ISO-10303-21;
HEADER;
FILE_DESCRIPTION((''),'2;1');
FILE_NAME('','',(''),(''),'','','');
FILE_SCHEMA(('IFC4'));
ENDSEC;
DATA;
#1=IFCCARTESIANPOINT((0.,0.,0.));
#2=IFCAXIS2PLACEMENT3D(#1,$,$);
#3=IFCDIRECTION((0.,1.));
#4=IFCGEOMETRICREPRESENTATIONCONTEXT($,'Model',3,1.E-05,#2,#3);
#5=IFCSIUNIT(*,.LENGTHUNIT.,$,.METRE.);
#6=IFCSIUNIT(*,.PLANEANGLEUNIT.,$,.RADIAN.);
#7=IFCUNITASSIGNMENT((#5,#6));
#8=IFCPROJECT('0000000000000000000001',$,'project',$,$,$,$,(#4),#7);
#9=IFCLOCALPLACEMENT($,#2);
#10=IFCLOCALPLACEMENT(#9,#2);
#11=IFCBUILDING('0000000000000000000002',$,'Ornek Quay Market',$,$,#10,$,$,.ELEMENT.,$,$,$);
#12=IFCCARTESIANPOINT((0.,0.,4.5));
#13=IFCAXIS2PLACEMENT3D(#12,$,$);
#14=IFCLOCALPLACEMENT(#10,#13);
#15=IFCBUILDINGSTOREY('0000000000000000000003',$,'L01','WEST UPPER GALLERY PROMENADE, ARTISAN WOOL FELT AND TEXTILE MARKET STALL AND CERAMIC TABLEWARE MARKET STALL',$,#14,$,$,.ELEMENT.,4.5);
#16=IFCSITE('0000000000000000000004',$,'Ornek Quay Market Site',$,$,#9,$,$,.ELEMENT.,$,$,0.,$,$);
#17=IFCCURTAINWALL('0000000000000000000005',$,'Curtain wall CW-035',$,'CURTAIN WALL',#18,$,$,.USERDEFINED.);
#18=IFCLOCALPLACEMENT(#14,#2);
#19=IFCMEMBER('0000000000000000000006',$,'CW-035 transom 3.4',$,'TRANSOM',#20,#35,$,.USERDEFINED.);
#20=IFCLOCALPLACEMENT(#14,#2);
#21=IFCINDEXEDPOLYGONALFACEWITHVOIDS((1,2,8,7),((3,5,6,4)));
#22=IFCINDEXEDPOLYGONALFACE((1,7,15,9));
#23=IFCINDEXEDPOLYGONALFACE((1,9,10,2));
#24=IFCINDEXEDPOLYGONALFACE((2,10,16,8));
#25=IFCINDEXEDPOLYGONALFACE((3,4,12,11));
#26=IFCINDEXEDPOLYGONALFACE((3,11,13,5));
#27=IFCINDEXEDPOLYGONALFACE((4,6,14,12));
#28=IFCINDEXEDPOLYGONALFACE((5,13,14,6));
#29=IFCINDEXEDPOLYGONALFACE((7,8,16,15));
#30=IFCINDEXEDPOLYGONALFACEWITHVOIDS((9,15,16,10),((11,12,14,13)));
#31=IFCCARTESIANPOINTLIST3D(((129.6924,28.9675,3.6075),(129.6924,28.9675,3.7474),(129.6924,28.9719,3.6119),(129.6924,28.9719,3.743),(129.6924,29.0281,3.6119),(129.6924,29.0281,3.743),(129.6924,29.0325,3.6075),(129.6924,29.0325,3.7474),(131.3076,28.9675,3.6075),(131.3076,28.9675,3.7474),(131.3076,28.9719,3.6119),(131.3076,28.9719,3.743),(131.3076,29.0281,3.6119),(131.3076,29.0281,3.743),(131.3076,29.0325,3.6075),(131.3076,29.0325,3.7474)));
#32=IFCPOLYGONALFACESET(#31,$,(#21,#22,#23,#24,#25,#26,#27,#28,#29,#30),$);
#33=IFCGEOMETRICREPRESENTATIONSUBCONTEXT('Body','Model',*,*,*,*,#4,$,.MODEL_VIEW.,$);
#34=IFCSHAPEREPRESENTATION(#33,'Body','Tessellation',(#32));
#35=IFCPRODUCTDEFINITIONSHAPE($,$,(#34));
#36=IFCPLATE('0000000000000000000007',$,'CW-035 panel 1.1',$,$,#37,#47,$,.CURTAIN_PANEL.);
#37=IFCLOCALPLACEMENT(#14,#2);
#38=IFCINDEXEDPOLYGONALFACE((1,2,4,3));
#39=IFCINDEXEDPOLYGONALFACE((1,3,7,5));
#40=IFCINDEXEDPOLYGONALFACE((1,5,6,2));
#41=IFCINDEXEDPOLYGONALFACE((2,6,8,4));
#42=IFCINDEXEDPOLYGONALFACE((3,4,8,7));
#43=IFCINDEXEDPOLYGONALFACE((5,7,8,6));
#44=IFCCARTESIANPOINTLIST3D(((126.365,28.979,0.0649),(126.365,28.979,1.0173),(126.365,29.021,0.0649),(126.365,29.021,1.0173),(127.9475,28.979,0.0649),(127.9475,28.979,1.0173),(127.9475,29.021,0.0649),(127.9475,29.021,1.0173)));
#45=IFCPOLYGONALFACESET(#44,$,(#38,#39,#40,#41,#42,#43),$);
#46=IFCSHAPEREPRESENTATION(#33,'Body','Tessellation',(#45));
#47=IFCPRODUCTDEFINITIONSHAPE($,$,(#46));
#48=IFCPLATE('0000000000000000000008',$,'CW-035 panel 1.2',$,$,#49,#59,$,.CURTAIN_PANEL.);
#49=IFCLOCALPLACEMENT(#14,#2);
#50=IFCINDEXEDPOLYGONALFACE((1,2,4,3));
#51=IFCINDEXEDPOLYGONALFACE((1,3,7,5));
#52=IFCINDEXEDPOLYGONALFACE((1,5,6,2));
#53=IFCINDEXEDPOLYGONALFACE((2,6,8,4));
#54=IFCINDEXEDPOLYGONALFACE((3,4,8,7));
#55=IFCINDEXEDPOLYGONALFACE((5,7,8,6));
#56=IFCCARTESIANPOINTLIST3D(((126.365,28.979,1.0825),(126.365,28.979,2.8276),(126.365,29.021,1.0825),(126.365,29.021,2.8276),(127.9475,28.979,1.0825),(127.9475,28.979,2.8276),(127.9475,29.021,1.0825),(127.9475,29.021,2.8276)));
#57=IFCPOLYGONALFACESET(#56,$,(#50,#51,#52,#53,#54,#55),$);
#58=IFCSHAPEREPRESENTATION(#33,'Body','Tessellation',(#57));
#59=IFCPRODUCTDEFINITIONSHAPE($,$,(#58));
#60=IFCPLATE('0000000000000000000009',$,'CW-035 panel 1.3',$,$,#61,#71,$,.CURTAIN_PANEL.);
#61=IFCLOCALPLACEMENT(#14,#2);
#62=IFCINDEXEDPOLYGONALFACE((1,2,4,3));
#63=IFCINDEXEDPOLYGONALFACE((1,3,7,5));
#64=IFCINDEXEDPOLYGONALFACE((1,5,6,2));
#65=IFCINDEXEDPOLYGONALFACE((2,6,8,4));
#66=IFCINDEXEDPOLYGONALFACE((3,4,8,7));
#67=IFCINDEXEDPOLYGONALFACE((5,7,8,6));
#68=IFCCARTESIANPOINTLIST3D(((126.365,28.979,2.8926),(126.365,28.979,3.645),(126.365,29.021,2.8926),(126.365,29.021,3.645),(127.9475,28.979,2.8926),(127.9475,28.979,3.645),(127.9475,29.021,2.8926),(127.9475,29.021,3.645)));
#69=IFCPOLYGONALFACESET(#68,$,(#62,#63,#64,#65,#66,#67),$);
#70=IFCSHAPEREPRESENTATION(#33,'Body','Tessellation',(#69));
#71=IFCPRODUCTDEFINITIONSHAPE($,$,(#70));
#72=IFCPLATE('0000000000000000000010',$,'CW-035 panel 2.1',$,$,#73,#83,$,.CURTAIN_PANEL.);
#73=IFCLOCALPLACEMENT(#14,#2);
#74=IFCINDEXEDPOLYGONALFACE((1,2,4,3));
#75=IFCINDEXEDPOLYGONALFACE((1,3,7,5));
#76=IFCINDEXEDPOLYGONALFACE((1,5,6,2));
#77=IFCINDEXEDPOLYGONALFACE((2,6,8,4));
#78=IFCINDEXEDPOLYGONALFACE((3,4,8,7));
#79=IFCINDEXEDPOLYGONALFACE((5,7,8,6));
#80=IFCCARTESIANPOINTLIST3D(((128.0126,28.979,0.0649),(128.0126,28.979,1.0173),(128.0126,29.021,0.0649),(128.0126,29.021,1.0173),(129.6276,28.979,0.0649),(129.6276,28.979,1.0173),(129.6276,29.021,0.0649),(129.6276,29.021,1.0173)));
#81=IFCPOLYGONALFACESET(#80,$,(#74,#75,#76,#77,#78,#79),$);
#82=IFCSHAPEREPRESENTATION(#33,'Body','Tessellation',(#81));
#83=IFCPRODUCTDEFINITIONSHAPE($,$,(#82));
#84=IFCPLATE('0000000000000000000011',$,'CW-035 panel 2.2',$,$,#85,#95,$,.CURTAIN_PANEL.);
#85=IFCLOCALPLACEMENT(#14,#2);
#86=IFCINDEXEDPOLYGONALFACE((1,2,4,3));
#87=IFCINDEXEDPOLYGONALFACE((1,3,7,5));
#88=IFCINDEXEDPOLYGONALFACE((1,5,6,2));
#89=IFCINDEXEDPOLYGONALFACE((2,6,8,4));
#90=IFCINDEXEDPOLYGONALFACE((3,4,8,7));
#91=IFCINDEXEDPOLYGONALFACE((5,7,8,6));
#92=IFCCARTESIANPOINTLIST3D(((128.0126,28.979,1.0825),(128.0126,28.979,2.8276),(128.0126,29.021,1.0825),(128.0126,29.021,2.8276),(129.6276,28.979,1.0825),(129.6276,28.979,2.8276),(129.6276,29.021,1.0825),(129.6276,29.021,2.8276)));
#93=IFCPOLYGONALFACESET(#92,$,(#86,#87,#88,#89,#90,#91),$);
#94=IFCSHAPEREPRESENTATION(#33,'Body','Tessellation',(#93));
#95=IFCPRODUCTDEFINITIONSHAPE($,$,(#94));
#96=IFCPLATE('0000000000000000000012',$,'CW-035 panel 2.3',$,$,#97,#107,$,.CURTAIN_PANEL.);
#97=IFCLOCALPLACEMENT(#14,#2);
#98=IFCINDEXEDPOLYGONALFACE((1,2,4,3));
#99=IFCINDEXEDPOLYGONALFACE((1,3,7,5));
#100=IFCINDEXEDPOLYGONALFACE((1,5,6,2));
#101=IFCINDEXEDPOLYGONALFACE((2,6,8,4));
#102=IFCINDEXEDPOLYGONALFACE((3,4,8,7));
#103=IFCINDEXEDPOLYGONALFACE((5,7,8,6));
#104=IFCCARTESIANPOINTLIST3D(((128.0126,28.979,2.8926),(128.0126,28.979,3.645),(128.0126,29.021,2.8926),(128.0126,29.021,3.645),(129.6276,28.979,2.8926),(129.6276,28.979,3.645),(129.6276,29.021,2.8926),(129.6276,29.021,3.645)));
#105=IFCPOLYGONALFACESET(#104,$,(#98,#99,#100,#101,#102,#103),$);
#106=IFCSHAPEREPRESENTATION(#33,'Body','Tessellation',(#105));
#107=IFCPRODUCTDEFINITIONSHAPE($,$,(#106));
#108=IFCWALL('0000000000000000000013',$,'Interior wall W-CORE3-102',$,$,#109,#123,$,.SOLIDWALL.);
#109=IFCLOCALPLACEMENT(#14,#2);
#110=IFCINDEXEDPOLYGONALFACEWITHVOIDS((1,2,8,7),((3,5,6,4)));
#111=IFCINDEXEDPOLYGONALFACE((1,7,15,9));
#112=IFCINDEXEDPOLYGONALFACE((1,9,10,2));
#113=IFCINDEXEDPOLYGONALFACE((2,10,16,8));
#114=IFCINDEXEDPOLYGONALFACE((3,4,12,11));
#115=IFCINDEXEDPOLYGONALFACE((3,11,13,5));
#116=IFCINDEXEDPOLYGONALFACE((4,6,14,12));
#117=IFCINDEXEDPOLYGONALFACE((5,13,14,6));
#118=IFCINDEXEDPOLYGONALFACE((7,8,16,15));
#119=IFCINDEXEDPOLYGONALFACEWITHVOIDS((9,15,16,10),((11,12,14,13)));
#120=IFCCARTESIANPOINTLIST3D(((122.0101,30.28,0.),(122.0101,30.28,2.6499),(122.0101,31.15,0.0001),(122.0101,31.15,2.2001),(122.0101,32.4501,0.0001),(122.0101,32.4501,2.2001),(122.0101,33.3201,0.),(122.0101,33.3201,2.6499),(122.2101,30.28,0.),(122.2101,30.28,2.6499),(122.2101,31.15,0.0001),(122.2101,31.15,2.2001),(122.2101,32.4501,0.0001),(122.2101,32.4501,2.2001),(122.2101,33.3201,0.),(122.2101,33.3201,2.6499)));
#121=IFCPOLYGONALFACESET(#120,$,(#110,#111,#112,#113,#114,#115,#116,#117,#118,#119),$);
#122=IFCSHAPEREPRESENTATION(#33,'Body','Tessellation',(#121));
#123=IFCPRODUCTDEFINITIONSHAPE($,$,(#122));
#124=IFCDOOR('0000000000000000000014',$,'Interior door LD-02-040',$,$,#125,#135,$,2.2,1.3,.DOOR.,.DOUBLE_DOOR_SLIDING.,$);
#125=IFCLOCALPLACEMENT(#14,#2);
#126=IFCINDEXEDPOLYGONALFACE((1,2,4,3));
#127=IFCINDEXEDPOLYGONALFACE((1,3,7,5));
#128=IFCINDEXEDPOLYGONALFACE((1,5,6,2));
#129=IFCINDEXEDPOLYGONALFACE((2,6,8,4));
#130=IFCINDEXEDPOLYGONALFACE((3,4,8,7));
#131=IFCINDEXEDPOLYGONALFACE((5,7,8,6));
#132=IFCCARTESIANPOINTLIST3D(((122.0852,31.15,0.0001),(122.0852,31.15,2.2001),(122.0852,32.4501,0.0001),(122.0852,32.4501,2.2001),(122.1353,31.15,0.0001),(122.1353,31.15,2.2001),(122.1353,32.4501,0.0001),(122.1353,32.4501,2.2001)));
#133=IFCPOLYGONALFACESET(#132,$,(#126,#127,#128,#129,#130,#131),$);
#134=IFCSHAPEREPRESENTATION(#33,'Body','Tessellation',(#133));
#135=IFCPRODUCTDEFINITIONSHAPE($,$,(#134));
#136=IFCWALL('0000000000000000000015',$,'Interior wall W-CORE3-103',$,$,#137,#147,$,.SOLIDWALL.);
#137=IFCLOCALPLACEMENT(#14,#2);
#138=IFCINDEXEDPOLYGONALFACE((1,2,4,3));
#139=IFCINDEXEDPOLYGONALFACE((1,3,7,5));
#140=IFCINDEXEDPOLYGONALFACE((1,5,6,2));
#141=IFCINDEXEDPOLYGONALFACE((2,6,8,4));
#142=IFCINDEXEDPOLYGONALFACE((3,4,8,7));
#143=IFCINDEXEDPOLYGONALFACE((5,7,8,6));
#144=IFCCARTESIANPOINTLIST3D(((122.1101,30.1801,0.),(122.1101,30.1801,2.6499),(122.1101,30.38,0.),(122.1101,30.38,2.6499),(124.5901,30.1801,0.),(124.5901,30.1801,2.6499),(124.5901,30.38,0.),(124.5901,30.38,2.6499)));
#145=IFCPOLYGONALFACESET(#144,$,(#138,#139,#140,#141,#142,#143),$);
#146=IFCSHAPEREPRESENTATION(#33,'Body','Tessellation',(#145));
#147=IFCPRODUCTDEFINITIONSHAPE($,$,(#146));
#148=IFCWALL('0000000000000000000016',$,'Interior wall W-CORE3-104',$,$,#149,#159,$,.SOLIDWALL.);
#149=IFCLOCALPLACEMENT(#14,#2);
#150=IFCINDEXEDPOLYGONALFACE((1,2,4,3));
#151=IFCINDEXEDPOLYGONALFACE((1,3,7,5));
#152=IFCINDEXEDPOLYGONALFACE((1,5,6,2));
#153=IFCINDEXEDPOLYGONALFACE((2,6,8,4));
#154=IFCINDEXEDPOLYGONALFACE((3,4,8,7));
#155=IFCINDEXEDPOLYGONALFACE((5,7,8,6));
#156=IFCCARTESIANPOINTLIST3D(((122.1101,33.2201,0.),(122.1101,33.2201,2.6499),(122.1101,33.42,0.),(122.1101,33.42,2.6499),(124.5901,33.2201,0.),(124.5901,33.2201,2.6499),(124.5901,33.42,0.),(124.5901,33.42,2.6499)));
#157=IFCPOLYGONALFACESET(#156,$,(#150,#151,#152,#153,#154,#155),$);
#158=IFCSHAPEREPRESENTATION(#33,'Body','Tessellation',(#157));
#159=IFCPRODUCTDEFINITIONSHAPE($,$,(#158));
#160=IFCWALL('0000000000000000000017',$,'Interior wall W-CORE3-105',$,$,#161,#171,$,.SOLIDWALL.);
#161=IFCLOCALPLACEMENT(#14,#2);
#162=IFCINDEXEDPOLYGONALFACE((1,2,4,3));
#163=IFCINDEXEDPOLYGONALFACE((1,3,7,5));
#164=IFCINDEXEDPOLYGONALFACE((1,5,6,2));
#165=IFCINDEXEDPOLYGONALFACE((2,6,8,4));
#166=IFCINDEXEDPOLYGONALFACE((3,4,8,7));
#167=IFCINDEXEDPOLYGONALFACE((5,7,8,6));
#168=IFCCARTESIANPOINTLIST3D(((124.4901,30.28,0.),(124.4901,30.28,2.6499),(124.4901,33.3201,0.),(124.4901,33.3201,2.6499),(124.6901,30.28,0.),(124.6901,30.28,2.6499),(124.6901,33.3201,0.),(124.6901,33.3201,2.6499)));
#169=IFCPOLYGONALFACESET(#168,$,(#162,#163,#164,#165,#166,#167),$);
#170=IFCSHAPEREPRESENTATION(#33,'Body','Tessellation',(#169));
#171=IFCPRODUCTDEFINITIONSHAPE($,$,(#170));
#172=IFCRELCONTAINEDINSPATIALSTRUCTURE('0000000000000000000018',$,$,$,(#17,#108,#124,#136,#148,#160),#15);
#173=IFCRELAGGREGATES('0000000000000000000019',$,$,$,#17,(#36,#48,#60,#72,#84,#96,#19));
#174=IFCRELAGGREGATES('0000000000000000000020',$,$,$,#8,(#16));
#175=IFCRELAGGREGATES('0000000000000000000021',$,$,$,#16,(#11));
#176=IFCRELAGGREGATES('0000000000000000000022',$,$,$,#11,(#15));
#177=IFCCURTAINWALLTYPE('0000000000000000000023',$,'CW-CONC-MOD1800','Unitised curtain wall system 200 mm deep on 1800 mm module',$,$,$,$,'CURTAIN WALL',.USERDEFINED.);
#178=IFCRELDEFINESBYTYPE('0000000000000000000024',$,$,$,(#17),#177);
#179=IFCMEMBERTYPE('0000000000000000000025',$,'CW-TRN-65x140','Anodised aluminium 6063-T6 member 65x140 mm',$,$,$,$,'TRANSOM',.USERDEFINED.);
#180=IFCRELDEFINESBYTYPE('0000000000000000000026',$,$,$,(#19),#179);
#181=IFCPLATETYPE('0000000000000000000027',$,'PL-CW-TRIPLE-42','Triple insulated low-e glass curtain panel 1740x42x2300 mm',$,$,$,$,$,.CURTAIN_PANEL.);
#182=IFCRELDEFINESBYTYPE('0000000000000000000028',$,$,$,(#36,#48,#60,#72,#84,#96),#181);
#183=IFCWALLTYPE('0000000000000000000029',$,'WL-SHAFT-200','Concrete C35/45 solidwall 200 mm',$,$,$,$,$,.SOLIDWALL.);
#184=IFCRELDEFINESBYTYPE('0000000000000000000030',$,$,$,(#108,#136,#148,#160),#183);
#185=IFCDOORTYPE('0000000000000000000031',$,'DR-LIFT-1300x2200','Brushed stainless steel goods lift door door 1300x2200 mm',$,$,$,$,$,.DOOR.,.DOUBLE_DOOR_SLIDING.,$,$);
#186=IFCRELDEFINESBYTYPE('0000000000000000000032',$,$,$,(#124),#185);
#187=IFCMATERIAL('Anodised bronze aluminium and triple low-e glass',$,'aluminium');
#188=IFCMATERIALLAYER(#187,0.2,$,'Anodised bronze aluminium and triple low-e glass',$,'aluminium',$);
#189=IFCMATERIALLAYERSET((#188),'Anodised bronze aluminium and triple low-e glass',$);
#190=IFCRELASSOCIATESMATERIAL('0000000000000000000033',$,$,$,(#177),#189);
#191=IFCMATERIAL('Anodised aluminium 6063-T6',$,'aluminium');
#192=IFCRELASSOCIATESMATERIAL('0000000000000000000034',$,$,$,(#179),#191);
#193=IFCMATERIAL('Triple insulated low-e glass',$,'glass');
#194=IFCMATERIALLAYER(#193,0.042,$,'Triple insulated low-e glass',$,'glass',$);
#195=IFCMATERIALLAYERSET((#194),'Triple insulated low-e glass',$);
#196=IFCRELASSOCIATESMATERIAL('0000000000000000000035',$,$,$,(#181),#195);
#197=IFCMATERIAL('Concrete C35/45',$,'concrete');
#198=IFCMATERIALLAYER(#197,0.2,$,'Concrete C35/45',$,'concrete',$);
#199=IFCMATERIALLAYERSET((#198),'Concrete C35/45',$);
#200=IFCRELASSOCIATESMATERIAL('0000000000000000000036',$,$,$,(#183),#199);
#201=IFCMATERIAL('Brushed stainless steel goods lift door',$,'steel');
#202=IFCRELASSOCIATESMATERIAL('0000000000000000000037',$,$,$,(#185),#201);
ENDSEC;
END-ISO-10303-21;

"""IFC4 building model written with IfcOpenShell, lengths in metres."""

from ifc_helpers import new_model, si_unit, direction, frame, frame_2d, origin, origin_2d, place, context, subcontext, project, spatial, rectangle, hollow_rectangle, extrude, material, layer, layer_set, material_profile, profile_set, type_object, element, fill, aggregate, save


model = new_model("IFC4")

# Units and contexts
model_context = context("Model", 3, precision=1e-05, world=origin(), true_north=direction((0.0, 1.0)))
body_context = subcontext(model_context, "Body", "Model", "MODEL_VIEW")
ifc_project = project(units=[si_unit("LENGTHUNIT", "METRE"), si_unit("PLANEANGLEUNIT", "RADIAN")], contexts=[model_context])

# Site, building, storey
site_placement = place(None, origin())
site = spatial("IfcSite", under=ifc_project, at=site_placement, Name="Ornek Quay Market Site", CompositionType="ELEMENT", RefElevation=0.0)
building_placement = place(site_placement, origin())
building = spatial("IfcBuilding", under=site, at=building_placement, Name="Ornek Quay Market", CompositionType="ELEMENT")
storey_placement = place(building_placement, frame((0.0, 0.0, 4.5)))
storey = spatial("IfcBuildingStorey", under=building, at=storey_placement, Name="L01", Description="WEST UPPER GALLERY PROMENADE, ARTISAN WOOL FELT AND TEXTILE MARKET STALL AND CERAMIC TABLEWARE MARKET STALL", CompositionType="ELEMENT", Elevation=4.5)

# Curtain wall, member, plates
ifc_material_1 = material(Name="Anodised bronze aluminium and triple low-e glass", Category="aluminium")
ifc_layer_1 = layer(ifc_material_1, 0.2, Name="Anodised bronze aluminium and triple low-e glass", Category="aluminium")
ifc_layer_set_1 = layer_set([ifc_layer_1], Name="Anodised bronze aluminium and triple low-e glass")
curtain_wall_type = type_object("IfcCurtainWallType", Name="CW-CONC-MOD1800", Description="Unitised curtain wall system 200 mm deep on 1800 mm module", ElementType="CURTAIN WALL", PredefinedType="USERDEFINED", material=ifc_layer_set_1)
curtain_wall_placement = place(storey_placement, origin())
curtain_wall = element("IfcCurtainWall", 1, at=curtain_wall_placement, inside=storey, type_object=curtain_wall_type, Name="Curtain wall CW-035", ObjectType="CURTAIN WALL", PredefinedType="USERDEFINED")
ifc_material_2 = material(Name="Anodised aluminium 6063-T6", Category="aluminium")
ifc_material_profile_1 = material_profile(ifc_material_2, hollow_rectangle(XDim=0.0649, YDim=0.1399, WallThickness=0.0044, at=origin_2d()), Name="CW-TRN-65x140", Category="aluminium")
ifc_profile_set_1 = profile_set([ifc_material_profile_1], Name="Anodised aluminium 6063-T6")
member_type_1 = type_object("IfcMemberType", Name="CW-TRN-65x140", Description="Anodised aluminium 6063-T6 member 65x140 mm", ElementType="TRANSOM", PredefinedType="USERDEFINED", material=ifc_profile_set_1)
member_1_placement = place(storey_placement, frame((129.6924, 29.0, 3.6775), z_axis=(1.0, 0.0, 0.0), x_axis=(0.0, 1.0, 0.0)))
member_1 = element("IfcMember", 2, at=member_1_placement, type_object=member_type_1, Name="CW-035 transom 3.4", ObjectType="TRANSOM", PredefinedType="USERDEFINED", context=body_context, shape_type="SweptSolid", body=[
    extrude(hollow_rectangle(XDim=0.0649, YDim=0.1399, WallThickness=0.0044, at=origin_2d()), origin(), (0.0, 0.0, 1.0), 1.6152),
])
ifc_material_3 = material(Name="Triple insulated low-e glass", Category="glass")
ifc_layer_2 = layer(ifc_material_3, 0.042, Name="Triple insulated low-e glass", Category="glass")
ifc_layer_set_2 = layer_set([ifc_layer_2], Name="Triple insulated low-e glass")
plate_type = type_object("IfcPlateType", Name="PL-CW-TRIPLE-42", Description="Triple insulated low-e glass curtain panel 1740x42x2300 mm", PredefinedType="CURTAIN_PANEL", material=ifc_layer_set_2)
plate_1_placement = place(storey_placement, frame((127.1562, 29.0, 0.0649), z_axis=(0.0, 0.0, 1.0), x_axis=(1.0, 0.0, 0.0)))
plate_1 = element("IfcPlate", 3, at=plate_1_placement, type_object=plate_type, Name="CW-035 panel 1.1", PredefinedType="CURTAIN_PANEL", context=body_context, shape_type="SweptSolid", body=[
    extrude(rectangle(XDim=1.5825, YDim=0.042, at=origin_2d()), origin(), (0.0, 0.0, 1.0), 0.9524),
])
plate_2_placement = place(storey_placement, frame((127.1562, 29.0, 1.0825), z_axis=(0.0, 0.0, 1.0), x_axis=(1.0, 0.0, 0.0)))
plate_2 = element("IfcPlate", 4, at=plate_2_placement, type_object=plate_type, Name="CW-035 panel 1.2", PredefinedType="CURTAIN_PANEL", context=body_context, shape_type="SweptSolid", body=[
    extrude(rectangle(XDim=1.5825, YDim=0.042, at=origin_2d()), origin(), (0.0, 0.0, 1.0), 1.7451),
])
plate_3_placement = place(storey_placement, frame((127.1562, 29.0, 2.8926), z_axis=(0.0, 0.0, 1.0), x_axis=(1.0, 0.0, 0.0)))
plate_3 = element("IfcPlate", 5, at=plate_3_placement, type_object=plate_type, Name="CW-035 panel 1.3", PredefinedType="CURTAIN_PANEL", context=body_context, shape_type="SweptSolid", body=[
    extrude(rectangle(XDim=1.5825, YDim=0.042, at=origin_2d()), origin(), (0.0, 0.0, 1.0), 0.7524),
])
plate_4_placement = place(storey_placement, frame((128.8201, 29.0, 0.0649), z_axis=(0.0, 0.0, 1.0), x_axis=(1.0, 0.0, 0.0)))
plate_4 = element("IfcPlate", 6, at=plate_4_placement, type_object=plate_type, Name="CW-035 panel 2.1", PredefinedType="CURTAIN_PANEL", context=body_context, shape_type="SweptSolid", body=[
    extrude(rectangle(XDim=1.615, YDim=0.042, at=origin_2d()), origin(), (0.0, 0.0, 1.0), 0.9524),
])
plate_5_placement = place(storey_placement, frame((128.8201, 29.0, 1.0825), z_axis=(0.0, 0.0, 1.0), x_axis=(1.0, 0.0, 0.0)))
plate_5 = element("IfcPlate", 7, at=plate_5_placement, type_object=plate_type, Name="CW-035 panel 2.2", PredefinedType="CURTAIN_PANEL", context=body_context, shape_type="SweptSolid", body=[
    extrude(rectangle(XDim=1.615, YDim=0.042, at=origin_2d()), origin(), (0.0, 0.0, 1.0), 1.7451),
])
plate_6_placement = place(storey_placement, frame((128.8201, 29.0, 2.8926), z_axis=(0.0, 0.0, 1.0), x_axis=(1.0, 0.0, 0.0)))
plate_6 = element("IfcPlate", 8, at=plate_6_placement, type_object=plate_type, Name="CW-035 panel 2.3", PredefinedType="CURTAIN_PANEL", context=body_context, shape_type="SweptSolid", body=[
    extrude(rectangle(XDim=1.615, YDim=0.042, at=origin_2d()), origin(), (0.0, 0.0, 1.0), 0.7524),
])
aggregate(curtain_wall, [plate_1, plate_2, plate_3, plate_4, plate_5, plate_6, member_1])

# Wall, opening, door
ifc_material_4 = material(Name="Concrete C35/45", Category="concrete")
ifc_layer_3 = layer(ifc_material_4, 0.2, Name="Concrete C35/45", Category="concrete")
ifc_layer_set_3 = layer_set([ifc_layer_3], Name="Concrete C35/45")
wall_type_1 = type_object("IfcWallType", Name="WL-SHAFT-200", Description="Concrete C35/45 solidwall 200 mm", PredefinedType="SOLIDWALL", material=ifc_layer_set_3)
wall_1_placement = place(storey_placement, frame((122.1101, 30.28, 0.0), z_axis=(0.0, 0.0, 1.0), x_axis=(0.0, 1.0, 0.0)))
wall_1 = element("IfcWall", 9, at=wall_1_placement, inside=storey, type_object=wall_type_1, Name="Interior wall W-CORE3-102", PredefinedType="SOLIDWALL", context=body_context, shape_type="SweptSolid", body=[
    extrude(rectangle(XDim=3.04, YDim=0.2, at=frame_2d((1.52, 0.0))), origin(), (0.0, 0.0, 1.0), 2.6499),
])
opening_1_placement = place(wall_1_placement, frame((0.8701, 0.0, 0.0)))
opening_1 = element("IfcOpeningElement", 10, at=opening_1_placement, cuts=wall_1, PredefinedType="OPENING", context=body_context, shape_type="SweptSolid", body=[
    extrude(rectangle(XDim=1.3, YDim=2.2, at=frame_2d((0.6499, 1.1001))), frame((0.0, 0.1099, 0.0), z_axis=(0.0, -1.0, 0.0), x_axis=(1.0, 0.0, 0.0)), (0.0, 0.0, 1.0), 0.22),
])
ifc_material_5 = material(Name="Brushed stainless steel goods lift door", Category="steel")
door_type_1 = type_object("IfcDoorType", Name="DR-LIFT-1300x2200", Description="Brushed stainless steel goods lift door door 1300x2200 mm", OperationType="DOUBLE_DOOR_SLIDING", PredefinedType="DOOR", material=ifc_material_5)
door_1_placement = place(opening_1_placement, origin())
door_1 = element("IfcDoor", 11, at=door_1_placement, inside=storey, type_object=door_type_1, Name="Interior door LD-02-040", OperationType="DOUBLE_DOOR_SLIDING", OverallHeight=2.2, OverallWidth=1.3, PredefinedType="DOOR", context=body_context, shape_type="SweptSolid", body=[
    extrude(rectangle(XDim=1.3, YDim=2.2, at=frame_2d((0.6499, 1.1001))), frame((0.0, 0.0249, 0.0), z_axis=(0.0, -1.0, 0.0), x_axis=(1.0, 0.0, 0.0)), (0.0, 0.0, 1.0), 0.05),
])
fill(opening_1, door_1)

# Walls
for number, where, z_axis, x_axis, name in (
    (12, (122.1101, 30.28, 0.0), (0.0, 0.0, 1.0), (1.0, 0.0, 0.0), "Interior wall W-CORE3-103"),
    (13, (122.1101, 33.3201, 0.0), (0.0, 0.0, 1.0), (1.0, 0.0, 0.0), "Interior wall W-CORE3-104"),
):
    element("IfcWall", number, at=place(storey_placement, frame(where, z_axis=z_axis, x_axis=x_axis)), inside=storey, type_object=wall_type_1, Name=name, PredefinedType="SOLIDWALL", context=body_context, shape_type="SweptSolid", body=[
        extrude(rectangle(XDim=2.48, YDim=0.2, at=frame_2d((1.24, 0.0))), origin(), (0.0, 0.0, 1.0), 2.6499),
    ])
wall_2_placement = place(storey_placement, frame((124.5901, 30.28, 0.0), z_axis=(0.0, 0.0, 1.0), x_axis=(0.0, 1.0, 0.0)))
element("IfcWall", 14, at=wall_2_placement, inside=storey, type_object=wall_type_1, Name="Interior wall W-CORE3-105", PredefinedType="SOLIDWALL", context=body_context, shape_type="SweptSolid", body=[
    extrude(rectangle(XDim=3.04, YDim=0.2, at=frame_2d((1.52, 0.0))), origin(), (0.0, 0.0, 1.0), 2.6499),
])

save(model, "model.ifc")
